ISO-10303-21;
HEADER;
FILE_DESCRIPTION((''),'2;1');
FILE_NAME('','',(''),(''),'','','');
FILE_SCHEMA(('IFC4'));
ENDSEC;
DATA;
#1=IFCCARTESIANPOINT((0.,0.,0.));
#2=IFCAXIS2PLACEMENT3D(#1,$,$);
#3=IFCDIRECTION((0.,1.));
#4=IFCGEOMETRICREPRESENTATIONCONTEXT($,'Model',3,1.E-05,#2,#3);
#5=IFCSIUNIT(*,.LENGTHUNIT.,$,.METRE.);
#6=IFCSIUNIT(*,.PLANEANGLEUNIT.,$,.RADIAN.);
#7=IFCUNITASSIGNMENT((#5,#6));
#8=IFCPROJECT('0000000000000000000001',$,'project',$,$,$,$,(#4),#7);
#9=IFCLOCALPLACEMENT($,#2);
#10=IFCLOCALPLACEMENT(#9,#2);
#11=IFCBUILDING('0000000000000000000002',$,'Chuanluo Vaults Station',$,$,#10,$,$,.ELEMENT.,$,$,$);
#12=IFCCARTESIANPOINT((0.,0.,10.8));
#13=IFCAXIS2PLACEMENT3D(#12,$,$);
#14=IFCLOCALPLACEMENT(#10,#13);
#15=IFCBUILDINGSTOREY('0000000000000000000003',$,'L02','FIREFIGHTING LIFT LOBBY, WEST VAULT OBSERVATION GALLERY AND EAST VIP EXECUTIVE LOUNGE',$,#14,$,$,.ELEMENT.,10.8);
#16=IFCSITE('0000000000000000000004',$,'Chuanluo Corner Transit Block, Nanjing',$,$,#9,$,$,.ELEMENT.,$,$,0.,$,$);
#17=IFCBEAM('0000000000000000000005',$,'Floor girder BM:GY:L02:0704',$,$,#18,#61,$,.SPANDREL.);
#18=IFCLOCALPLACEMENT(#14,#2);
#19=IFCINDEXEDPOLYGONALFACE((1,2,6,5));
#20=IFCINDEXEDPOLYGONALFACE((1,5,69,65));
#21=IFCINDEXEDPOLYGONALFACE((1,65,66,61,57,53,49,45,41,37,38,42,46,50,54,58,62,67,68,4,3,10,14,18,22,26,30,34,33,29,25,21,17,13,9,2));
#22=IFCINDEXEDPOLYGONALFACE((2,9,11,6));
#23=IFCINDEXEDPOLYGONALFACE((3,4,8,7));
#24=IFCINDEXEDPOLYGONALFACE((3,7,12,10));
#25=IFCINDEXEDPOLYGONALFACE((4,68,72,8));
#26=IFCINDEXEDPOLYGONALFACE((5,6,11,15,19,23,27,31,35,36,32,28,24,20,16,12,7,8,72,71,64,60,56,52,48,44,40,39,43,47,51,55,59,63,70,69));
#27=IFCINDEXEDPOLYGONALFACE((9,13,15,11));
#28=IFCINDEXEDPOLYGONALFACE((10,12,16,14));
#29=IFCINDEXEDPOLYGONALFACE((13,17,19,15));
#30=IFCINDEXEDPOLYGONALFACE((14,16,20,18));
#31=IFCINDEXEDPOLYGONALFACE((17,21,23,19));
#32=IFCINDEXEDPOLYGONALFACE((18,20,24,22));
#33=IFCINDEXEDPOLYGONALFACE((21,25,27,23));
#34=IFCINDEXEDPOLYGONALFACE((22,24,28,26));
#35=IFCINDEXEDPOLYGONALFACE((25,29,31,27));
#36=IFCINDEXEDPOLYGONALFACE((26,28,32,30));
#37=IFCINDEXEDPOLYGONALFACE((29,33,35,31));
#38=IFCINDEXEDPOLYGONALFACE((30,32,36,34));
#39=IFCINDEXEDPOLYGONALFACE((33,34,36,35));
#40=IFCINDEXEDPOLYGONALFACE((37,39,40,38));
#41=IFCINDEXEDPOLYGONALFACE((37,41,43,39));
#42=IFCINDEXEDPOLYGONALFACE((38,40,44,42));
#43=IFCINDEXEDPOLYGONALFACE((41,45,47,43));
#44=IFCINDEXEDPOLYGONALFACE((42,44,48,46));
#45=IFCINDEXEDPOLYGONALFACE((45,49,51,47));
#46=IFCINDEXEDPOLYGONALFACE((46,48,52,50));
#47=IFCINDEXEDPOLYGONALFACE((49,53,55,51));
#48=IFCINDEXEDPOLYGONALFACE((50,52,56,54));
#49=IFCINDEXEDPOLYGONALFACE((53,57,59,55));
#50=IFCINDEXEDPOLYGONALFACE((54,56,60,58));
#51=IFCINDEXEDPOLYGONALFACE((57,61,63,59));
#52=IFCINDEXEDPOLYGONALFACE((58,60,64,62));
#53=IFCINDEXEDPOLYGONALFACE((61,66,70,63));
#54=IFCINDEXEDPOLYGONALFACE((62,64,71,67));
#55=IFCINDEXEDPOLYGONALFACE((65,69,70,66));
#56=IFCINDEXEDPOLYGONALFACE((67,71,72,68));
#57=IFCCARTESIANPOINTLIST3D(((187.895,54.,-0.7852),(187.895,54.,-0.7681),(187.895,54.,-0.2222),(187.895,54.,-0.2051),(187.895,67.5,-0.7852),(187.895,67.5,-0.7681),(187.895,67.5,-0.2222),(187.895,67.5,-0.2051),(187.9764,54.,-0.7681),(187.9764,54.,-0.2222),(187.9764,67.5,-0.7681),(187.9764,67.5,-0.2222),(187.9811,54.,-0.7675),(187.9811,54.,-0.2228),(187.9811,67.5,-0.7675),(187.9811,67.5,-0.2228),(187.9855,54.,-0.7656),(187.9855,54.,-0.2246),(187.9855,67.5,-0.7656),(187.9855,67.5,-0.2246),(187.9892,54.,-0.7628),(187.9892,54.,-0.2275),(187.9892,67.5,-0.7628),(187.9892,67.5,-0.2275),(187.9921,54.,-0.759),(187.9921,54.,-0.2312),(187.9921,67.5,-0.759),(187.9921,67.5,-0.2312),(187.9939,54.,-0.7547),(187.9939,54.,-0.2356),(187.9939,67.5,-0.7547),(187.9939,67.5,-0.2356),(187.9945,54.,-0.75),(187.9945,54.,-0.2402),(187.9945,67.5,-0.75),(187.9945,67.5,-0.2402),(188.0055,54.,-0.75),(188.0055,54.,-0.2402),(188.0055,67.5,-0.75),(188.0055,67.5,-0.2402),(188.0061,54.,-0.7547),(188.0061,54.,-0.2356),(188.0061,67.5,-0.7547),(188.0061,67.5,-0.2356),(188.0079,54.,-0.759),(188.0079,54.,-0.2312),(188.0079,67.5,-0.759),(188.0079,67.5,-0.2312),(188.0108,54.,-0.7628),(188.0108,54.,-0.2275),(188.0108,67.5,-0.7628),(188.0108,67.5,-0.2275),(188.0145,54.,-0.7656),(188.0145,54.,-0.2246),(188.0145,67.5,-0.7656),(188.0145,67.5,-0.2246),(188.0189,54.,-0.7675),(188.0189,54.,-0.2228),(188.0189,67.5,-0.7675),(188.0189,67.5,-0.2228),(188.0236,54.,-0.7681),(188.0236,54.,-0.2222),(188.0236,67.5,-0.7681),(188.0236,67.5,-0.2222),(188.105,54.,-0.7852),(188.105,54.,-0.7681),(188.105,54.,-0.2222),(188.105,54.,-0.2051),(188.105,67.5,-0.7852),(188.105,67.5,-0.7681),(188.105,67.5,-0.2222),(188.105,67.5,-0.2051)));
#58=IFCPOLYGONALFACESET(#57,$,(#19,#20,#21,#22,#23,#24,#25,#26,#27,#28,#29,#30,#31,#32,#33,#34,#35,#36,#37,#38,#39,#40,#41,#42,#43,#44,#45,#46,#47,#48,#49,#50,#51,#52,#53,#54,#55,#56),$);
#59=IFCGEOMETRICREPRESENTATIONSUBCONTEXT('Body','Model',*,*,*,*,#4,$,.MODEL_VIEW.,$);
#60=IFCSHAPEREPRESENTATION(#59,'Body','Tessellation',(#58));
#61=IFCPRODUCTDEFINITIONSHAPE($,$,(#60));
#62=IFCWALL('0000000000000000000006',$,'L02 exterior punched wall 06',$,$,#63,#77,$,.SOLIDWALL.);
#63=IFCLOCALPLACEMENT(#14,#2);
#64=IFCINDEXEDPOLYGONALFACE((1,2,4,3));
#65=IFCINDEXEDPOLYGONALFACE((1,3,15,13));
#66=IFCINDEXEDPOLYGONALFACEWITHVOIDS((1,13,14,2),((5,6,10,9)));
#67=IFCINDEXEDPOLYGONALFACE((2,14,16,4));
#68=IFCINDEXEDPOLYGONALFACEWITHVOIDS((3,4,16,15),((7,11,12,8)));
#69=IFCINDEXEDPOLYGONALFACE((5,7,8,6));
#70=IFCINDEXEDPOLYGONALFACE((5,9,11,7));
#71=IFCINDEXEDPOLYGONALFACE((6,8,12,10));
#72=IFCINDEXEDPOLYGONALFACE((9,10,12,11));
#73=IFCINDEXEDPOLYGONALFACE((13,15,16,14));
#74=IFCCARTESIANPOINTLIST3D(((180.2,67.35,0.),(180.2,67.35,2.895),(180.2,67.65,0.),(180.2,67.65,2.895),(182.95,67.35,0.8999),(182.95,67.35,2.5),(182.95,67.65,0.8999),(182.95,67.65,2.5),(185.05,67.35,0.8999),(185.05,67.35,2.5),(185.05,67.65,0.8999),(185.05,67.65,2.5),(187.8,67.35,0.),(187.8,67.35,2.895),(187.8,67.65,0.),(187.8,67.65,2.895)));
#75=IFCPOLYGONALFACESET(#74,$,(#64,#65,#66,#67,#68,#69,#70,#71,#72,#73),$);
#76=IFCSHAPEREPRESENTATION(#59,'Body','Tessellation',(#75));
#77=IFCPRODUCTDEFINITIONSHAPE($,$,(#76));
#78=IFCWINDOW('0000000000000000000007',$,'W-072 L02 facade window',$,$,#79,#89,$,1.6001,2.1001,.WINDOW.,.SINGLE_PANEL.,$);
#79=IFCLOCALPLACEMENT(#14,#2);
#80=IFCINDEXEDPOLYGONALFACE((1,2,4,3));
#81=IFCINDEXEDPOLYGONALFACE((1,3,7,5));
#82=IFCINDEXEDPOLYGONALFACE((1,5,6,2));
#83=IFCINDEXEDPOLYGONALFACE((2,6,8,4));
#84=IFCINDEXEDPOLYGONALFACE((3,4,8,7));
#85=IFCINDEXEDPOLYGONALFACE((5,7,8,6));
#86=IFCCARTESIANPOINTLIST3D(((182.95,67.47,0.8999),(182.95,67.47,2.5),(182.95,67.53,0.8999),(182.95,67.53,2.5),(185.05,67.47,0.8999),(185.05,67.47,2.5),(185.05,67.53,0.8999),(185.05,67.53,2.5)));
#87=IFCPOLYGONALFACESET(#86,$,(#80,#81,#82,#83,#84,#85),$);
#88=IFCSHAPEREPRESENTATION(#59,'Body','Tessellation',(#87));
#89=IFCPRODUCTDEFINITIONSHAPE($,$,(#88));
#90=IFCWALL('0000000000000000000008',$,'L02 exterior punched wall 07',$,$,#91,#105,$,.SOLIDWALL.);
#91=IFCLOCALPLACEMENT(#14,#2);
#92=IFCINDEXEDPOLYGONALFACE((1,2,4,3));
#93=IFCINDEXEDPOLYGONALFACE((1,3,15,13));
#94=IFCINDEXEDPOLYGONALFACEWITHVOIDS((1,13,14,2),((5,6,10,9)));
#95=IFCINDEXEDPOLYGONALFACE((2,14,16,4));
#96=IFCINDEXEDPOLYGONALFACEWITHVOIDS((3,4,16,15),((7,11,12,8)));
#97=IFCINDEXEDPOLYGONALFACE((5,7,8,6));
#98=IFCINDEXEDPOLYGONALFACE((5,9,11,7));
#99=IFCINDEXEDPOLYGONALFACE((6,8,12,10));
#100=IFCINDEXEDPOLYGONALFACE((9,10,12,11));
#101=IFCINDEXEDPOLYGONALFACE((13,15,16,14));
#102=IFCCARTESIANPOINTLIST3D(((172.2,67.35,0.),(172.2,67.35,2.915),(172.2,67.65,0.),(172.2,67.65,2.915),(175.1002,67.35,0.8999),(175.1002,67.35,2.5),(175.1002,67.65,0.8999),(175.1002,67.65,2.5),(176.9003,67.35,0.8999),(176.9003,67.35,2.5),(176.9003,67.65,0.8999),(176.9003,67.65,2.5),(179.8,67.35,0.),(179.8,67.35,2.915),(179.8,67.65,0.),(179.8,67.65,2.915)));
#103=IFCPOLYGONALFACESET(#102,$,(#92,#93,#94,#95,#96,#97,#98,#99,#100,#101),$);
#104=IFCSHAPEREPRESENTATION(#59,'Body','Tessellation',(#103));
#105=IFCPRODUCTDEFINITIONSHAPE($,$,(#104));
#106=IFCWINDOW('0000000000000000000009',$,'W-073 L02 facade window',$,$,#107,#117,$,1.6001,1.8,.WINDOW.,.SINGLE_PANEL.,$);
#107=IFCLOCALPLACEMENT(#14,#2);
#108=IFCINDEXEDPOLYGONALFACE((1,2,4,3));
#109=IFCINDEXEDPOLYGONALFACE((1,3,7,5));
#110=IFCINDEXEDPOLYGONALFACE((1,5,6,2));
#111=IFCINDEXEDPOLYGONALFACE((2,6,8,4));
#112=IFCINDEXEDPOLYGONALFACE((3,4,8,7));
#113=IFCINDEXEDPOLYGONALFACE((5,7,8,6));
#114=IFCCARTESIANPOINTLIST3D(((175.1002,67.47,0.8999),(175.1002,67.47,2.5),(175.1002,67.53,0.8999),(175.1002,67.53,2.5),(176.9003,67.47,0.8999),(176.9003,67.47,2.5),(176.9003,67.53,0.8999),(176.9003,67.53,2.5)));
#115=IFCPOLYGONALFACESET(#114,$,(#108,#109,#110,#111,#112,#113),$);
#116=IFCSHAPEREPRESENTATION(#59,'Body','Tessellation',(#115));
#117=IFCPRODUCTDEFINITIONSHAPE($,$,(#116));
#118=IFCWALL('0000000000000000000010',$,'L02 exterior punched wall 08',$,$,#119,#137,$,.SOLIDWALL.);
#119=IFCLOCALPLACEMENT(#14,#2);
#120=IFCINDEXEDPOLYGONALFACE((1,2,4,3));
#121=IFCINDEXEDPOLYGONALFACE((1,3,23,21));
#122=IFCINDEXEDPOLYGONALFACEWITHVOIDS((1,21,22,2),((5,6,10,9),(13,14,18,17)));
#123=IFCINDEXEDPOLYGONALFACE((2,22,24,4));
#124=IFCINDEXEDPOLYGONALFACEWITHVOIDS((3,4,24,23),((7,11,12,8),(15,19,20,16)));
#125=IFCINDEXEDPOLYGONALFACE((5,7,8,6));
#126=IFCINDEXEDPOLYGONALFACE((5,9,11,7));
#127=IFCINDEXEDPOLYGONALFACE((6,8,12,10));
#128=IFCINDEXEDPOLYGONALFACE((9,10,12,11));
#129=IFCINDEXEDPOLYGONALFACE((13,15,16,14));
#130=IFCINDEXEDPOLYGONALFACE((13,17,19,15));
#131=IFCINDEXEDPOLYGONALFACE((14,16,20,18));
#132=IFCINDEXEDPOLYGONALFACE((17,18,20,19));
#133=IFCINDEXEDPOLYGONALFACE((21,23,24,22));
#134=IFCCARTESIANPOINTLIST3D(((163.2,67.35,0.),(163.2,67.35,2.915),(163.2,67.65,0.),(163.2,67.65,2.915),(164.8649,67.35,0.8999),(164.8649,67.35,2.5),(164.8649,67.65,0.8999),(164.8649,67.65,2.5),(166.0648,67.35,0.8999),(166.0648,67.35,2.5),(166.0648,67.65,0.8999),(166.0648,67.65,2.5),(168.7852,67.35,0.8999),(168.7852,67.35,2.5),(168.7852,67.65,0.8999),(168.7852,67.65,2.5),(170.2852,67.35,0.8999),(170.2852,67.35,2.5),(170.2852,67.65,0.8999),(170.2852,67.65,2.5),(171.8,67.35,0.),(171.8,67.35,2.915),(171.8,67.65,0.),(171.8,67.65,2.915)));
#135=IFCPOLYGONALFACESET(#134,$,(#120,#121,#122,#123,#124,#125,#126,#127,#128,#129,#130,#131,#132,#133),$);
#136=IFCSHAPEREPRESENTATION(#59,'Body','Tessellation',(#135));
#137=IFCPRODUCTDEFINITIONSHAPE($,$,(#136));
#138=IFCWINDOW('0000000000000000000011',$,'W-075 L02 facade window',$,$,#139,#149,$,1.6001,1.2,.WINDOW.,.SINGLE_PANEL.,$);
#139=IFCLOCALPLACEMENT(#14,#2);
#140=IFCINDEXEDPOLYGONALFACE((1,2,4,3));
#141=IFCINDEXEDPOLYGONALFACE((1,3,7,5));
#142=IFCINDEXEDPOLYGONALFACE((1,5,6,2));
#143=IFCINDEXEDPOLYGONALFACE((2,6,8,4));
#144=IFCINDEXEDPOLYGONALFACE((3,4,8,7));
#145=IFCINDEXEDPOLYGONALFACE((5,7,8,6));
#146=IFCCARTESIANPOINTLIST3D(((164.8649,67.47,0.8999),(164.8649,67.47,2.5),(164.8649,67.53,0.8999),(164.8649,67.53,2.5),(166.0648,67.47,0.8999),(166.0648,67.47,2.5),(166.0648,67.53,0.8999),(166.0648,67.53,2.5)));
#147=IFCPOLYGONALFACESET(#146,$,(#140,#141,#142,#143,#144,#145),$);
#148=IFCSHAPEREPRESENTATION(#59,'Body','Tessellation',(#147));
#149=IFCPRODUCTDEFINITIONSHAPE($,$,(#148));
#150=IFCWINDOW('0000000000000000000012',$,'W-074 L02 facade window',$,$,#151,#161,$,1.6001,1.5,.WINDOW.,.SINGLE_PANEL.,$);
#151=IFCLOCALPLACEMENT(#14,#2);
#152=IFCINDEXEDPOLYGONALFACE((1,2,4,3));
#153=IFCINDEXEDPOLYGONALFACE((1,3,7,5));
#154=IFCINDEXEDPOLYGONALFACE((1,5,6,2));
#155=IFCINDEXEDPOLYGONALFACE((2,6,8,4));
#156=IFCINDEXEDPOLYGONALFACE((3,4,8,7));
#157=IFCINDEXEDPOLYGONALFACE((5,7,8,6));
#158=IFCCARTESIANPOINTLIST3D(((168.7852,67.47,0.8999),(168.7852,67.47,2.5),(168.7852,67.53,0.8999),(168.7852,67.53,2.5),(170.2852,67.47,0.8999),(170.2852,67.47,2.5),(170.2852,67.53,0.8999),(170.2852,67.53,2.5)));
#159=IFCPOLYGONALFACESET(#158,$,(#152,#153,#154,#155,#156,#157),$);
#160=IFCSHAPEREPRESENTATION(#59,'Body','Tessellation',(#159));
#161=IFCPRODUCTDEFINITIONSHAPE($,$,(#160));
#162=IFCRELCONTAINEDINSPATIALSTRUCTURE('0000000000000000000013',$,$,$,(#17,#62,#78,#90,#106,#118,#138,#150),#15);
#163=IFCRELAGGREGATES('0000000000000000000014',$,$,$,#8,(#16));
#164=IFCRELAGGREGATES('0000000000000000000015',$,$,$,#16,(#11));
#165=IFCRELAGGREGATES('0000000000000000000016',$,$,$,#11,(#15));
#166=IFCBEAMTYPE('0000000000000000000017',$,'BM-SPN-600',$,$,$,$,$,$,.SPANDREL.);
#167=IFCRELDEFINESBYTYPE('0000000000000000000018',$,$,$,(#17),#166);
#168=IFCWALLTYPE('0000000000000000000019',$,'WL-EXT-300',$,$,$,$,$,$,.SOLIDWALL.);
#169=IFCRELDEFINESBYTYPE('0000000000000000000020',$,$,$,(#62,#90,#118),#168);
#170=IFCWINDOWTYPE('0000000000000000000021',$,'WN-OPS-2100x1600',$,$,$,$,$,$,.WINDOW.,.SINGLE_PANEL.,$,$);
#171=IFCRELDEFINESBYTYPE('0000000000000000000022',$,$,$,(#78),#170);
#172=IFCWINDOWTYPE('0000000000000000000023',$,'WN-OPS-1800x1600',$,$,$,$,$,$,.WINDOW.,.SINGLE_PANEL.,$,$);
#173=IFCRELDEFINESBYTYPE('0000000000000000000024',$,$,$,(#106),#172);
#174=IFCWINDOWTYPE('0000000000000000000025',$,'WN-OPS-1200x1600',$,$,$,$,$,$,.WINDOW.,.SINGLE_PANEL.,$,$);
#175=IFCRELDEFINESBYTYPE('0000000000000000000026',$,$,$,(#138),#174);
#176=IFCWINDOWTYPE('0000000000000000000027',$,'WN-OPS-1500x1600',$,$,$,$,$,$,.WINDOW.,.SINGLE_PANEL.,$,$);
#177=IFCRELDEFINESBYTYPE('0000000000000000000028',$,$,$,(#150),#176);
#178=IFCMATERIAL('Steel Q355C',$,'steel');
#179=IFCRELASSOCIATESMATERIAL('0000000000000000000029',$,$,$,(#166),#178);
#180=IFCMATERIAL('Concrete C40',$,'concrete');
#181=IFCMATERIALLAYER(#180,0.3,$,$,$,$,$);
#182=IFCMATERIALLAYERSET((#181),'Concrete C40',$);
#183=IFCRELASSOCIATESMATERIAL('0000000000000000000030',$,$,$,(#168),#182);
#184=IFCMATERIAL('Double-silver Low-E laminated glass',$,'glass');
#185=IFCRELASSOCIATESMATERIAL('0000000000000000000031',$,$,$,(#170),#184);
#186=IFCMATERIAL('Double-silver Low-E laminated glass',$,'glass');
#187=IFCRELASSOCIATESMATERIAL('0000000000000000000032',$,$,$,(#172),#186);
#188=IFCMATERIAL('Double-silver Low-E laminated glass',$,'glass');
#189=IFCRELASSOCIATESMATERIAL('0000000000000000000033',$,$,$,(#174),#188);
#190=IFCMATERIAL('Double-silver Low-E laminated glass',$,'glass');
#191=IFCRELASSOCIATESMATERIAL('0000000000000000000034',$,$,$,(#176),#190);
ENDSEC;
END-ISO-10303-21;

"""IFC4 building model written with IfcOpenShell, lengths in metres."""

from ifc_helpers import new_model, si_unit, direction, frame, frame_2d, origin, origin_2d, place, context, subcontext, project, spatial, rectangle, i_section, extrude, material, layer, layer_set, material_profile, profile_set, type_object, element, fill, save


model = new_model("IFC4")

# Units and contexts
model_context = context("Model", 3, precision=1e-05, world=origin(), true_north=direction((0.0, 1.0)))
body_context = subcontext(model_context, "Body", "Model", "MODEL_VIEW")
ifc_project = project(units=[si_unit("LENGTHUNIT", "METRE"), si_unit("PLANEANGLEUNIT", "RADIAN")], contexts=[model_context])

# Site, building, storey
site_placement = place(None, origin())
site = spatial("IfcSite", under=ifc_project, at=site_placement, Name="Chuanluo Corner Transit Block, Nanjing", CompositionType="ELEMENT", RefElevation=0.0)
building_placement = place(site_placement, origin())
building = spatial("IfcBuilding", under=site, at=building_placement, Name="Chuanluo Vaults Station", CompositionType="ELEMENT")
storey_placement = place(building_placement, frame((0.0, 0.0, 10.8)))
storey = spatial("IfcBuildingStorey", under=building, at=storey_placement, Name="L02", Description="FIREFIGHTING LIFT LOBBY, WEST VAULT OBSERVATION GALLERY AND EAST VIP EXECUTIVE LOUNGE", CompositionType="ELEMENT", Elevation=10.8)

# Beam
ifc_material_1 = material(Name="Steel Q355C", Category="steel")
ifc_material_profile_1 = material_profile(ifc_material_1, i_section(OverallWidth=0.21, OverallDepth=0.5801, WebThickness=0.011, FlangeThickness=0.0171, FilletRadius=0.0181, at=origin_2d()))
ifc_profile_set_1 = profile_set([ifc_material_profile_1], Name="Steel Q355C")
beam_type_1 = type_object("IfcBeamType", Name="BM-SPN-600", PredefinedType="SPANDREL", material=ifc_profile_set_1)
beam_1_placement = place(storey_placement, frame((188.0, 54.0, -0.4951), z_axis=(0.0, 1.0, 0.0), x_axis=(-1.0, 0.0, 0.0)))
element("IfcBeam", 1, at=beam_1_placement, inside=storey, type_object=beam_type_1, Name="Floor girder BM:GY:L02:0704", PredefinedType="SPANDREL", context=body_context, shape_type="SweptSolid", body=[
    extrude(i_section(OverallWidth=0.21, OverallDepth=0.5801, WebThickness=0.011, FlangeThickness=0.0171, FilletRadius=0.0181, at=origin_2d()), origin(), (0.0, 0.0, 1.0), 13.5),
])

# Walls, openings, windows
ifc_material_2 = material(Name="Concrete C40", Category="concrete")
ifc_layer_1 = layer(ifc_material_2, 0.3)
ifc_layer_set_1 = layer_set([ifc_layer_1], Name="Concrete C40")
wall_type_1 = type_object("IfcWallType", Name="WL-EXT-300", PredefinedType="SOLIDWALL", material=ifc_layer_set_1)
wall_1_placement = place(storey_placement, frame((187.8, 67.5, 0.0), z_axis=(0.0, 0.0, 1.0), x_axis=(-1.0, 0.0, 0.0)))
wall_1 = element("IfcWall", 2, at=wall_1_placement, inside=storey, type_object=wall_type_1, Name="L02 exterior punched wall 06", PredefinedType="SOLIDWALL", context=body_context, shape_type="SweptSolid", body=[
    extrude(rectangle(XDim=7.6001, YDim=0.3, at=frame_2d((3.8, 0.0))), origin(), (0.0, 0.0, 1.0), 2.895),
])
opening_1_placement = place(wall_1_placement, frame((2.75, 0.0, 0.8999)))
opening_1 = element("IfcOpeningElement", 3, at=opening_1_placement, cuts=wall_1, PredefinedType="OPENING", context=body_context, shape_type="SweptSolid", body=[
    extrude(rectangle(XDim=2.1001, YDim=1.6001, at=frame_2d((1.05, 0.8))), frame((0.0, 0.1599, 0.0), z_axis=(0.0, -1.0, 0.0), x_axis=(1.0, 0.0, 0.0)), (0.0, 0.0, 1.0), 0.3201),
])
ifc_material_3 = material(Name="Double-silver Low-E laminated glass", Category="glass")
window_type_1 = type_object("IfcWindowType", Name="WN-OPS-2100x1600", PartitioningType="SINGLE_PANEL", PredefinedType="WINDOW", material=ifc_material_3)
window_1_placement = place(opening_1_placement, origin())
window_1 = element("IfcWindow", 4, at=window_1_placement, inside=storey, type_object=window_type_1, Name="W-072 L02 facade window", OverallHeight=1.6001, OverallWidth=2.1001, PartitioningType="SINGLE_PANEL", PredefinedType="WINDOW", context=body_context, shape_type="SweptSolid", body=[
    extrude(rectangle(XDim=2.1001, YDim=1.6001, at=frame_2d((1.05, 0.8))), frame((0.0, 0.03, 0.0), z_axis=(0.0, -1.0, 0.0), x_axis=(1.0, 0.0, 0.0)), (0.0, 0.0, 1.0), 0.0601),
])
fill(opening_1, window_1)
wall_2_placement = place(storey_placement, frame((179.8, 67.5, 0.0), z_axis=(0.0, 0.0, 1.0), x_axis=(-1.0, 0.0, 0.0)))
wall_2 = element("IfcWall", 5, at=wall_2_placement, inside=storey, type_object=wall_type_1, Name="L02 exterior punched wall 07", PredefinedType="SOLIDWALL", context=body_context, shape_type="SweptSolid", body=[
    extrude(rectangle(XDim=7.6001, YDim=0.3, at=frame_2d((3.8, 0.0))), origin(), (0.0, 0.0, 1.0), 2.915),
])
opening_2_placement = place(wall_2_placement, frame((2.8999, 0.0, 0.8999)))
opening_2 = element("IfcOpeningElement", 6, at=opening_2_placement, cuts=wall_2, PredefinedType="OPENING", context=body_context, shape_type="SweptSolid", body=[
    extrude(rectangle(XDim=1.8, YDim=1.6001, at=frame_2d((0.8999, 0.8))), frame((0.0, 0.1599, 0.0), z_axis=(0.0, -1.0, 0.0), x_axis=(1.0, 0.0, 0.0)), (0.0, 0.0, 1.0), 0.3201),
])
ifc_material_4 = material(Name="Double-silver Low-E laminated glass", Category="glass")
window_type_2 = type_object("IfcWindowType", Name="WN-OPS-1800x1600", PartitioningType="SINGLE_PANEL", PredefinedType="WINDOW", material=ifc_material_4)
window_2_placement = place(opening_2_placement, origin())
window_2 = element("IfcWindow", 7, at=window_2_placement, inside=storey, type_object=window_type_2, Name="W-073 L02 facade window", OverallHeight=1.6001, OverallWidth=1.8, PartitioningType="SINGLE_PANEL", PredefinedType="WINDOW", context=body_context, shape_type="SweptSolid", body=[
    extrude(rectangle(XDim=1.8, YDim=1.6001, at=frame_2d((0.8999, 0.8))), frame((0.0, 0.03, 0.0), z_axis=(0.0, -1.0, 0.0), x_axis=(1.0, 0.0, 0.0)), (0.0, 0.0, 1.0), 0.0601),
])
fill(opening_2, window_2)

# Wall, openings, windows
wall_3_placement = place(storey_placement, frame((171.8, 67.5, 0.0), z_axis=(0.0, 0.0, 1.0), x_axis=(-1.0, 0.0, 0.0)))
wall_3 = element("IfcWall", 8, at=wall_3_placement, inside=storey, type_object=wall_type_1, Name="L02 exterior punched wall 08", PredefinedType="SOLIDWALL", context=body_context, shape_type="SweptSolid", body=[
    extrude(rectangle(XDim=8.6001, YDim=0.3, at=frame_2d((4.3, 0.0))), origin(), (0.0, 0.0, 1.0), 2.915),
])
opening_3_placement = place(wall_3_placement, frame((1.5149, 0.0, 0.8999)))
opening_3 = element("IfcOpeningElement", 9, at=opening_3_placement, cuts=wall_3, PredefinedType="OPENING", context=body_context, shape_type="SweptSolid", body=[
    extrude(rectangle(XDim=1.5, YDim=1.6001, at=frame_2d((0.75, 0.8))), frame((0.0, 0.1599, 0.0), z_axis=(0.0, -1.0, 0.0), x_axis=(1.0, 0.0, 0.0)), (0.0, 0.0, 1.0), 0.3201),
])
opening_4_placement = place(wall_3_placement, frame((5.7351, 0.0, 0.8999)))
opening_4 = element("IfcOpeningElement", 10, at=opening_4_placement, cuts=wall_3, PredefinedType="OPENING", context=body_context, shape_type="SweptSolid", body=[
    extrude(rectangle(XDim=1.2, YDim=1.6001, at=frame_2d((0.6001, 0.8))), frame((0.0, 0.1599, 0.0), z_axis=(0.0, -1.0, 0.0), x_axis=(1.0, 0.0, 0.0)), (0.0, 0.0, 1.0), 0.3201),
])
ifc_material_5 = material(Name="Double-silver Low-E laminated glass", Category="glass")
window_type_3 = type_object("IfcWindowType", Name="WN-OPS-1200x1600", PartitioningType="SINGLE_PANEL", PredefinedType="WINDOW", material=ifc_material_5)
window_3_placement = place(opening_4_placement, origin())
window_3 = element("IfcWindow", 11, at=window_3_placement, inside=storey, type_object=window_type_3, Name="W-075 L02 facade window", OverallHeight=1.6001, OverallWidth=1.2, PartitioningType="SINGLE_PANEL", PredefinedType="WINDOW", context=body_context, shape_type="SweptSolid", body=[
    extrude(rectangle(XDim=1.2, YDim=1.6001, at=frame_2d((0.6001, 0.8))), frame((0.0, 0.03, 0.0), z_axis=(0.0, -1.0, 0.0), x_axis=(1.0, 0.0, 0.0)), (0.0, 0.0, 1.0), 0.0601),
])
fill(opening_4, window_3)
ifc_material_6 = material(Name="Double-silver Low-E laminated glass", Category="glass")
window_type_4 = type_object("IfcWindowType", Name="WN-OPS-1500x1600", PartitioningType="SINGLE_PANEL", PredefinedType="WINDOW", material=ifc_material_6)
window_4_placement = place(opening_3_placement, origin())
window_4 = element("IfcWindow", 12, at=window_4_placement, inside=storey, type_object=window_type_4, Name="W-074 L02 facade window", OverallHeight=1.6001, OverallWidth=1.5, PartitioningType="SINGLE_PANEL", PredefinedType="WINDOW", context=body_context, shape_type="SweptSolid", body=[
    extrude(rectangle(XDim=1.5, YDim=1.6001, at=frame_2d((0.75, 0.8))), frame((0.0, 0.03, 0.0), z_axis=(0.0, -1.0, 0.0), x_axis=(1.0, 0.0, 0.0)), (0.0, 0.0, 1.0), 0.0601),
])
fill(opening_3, window_4)

save(model, "model.ifc")
